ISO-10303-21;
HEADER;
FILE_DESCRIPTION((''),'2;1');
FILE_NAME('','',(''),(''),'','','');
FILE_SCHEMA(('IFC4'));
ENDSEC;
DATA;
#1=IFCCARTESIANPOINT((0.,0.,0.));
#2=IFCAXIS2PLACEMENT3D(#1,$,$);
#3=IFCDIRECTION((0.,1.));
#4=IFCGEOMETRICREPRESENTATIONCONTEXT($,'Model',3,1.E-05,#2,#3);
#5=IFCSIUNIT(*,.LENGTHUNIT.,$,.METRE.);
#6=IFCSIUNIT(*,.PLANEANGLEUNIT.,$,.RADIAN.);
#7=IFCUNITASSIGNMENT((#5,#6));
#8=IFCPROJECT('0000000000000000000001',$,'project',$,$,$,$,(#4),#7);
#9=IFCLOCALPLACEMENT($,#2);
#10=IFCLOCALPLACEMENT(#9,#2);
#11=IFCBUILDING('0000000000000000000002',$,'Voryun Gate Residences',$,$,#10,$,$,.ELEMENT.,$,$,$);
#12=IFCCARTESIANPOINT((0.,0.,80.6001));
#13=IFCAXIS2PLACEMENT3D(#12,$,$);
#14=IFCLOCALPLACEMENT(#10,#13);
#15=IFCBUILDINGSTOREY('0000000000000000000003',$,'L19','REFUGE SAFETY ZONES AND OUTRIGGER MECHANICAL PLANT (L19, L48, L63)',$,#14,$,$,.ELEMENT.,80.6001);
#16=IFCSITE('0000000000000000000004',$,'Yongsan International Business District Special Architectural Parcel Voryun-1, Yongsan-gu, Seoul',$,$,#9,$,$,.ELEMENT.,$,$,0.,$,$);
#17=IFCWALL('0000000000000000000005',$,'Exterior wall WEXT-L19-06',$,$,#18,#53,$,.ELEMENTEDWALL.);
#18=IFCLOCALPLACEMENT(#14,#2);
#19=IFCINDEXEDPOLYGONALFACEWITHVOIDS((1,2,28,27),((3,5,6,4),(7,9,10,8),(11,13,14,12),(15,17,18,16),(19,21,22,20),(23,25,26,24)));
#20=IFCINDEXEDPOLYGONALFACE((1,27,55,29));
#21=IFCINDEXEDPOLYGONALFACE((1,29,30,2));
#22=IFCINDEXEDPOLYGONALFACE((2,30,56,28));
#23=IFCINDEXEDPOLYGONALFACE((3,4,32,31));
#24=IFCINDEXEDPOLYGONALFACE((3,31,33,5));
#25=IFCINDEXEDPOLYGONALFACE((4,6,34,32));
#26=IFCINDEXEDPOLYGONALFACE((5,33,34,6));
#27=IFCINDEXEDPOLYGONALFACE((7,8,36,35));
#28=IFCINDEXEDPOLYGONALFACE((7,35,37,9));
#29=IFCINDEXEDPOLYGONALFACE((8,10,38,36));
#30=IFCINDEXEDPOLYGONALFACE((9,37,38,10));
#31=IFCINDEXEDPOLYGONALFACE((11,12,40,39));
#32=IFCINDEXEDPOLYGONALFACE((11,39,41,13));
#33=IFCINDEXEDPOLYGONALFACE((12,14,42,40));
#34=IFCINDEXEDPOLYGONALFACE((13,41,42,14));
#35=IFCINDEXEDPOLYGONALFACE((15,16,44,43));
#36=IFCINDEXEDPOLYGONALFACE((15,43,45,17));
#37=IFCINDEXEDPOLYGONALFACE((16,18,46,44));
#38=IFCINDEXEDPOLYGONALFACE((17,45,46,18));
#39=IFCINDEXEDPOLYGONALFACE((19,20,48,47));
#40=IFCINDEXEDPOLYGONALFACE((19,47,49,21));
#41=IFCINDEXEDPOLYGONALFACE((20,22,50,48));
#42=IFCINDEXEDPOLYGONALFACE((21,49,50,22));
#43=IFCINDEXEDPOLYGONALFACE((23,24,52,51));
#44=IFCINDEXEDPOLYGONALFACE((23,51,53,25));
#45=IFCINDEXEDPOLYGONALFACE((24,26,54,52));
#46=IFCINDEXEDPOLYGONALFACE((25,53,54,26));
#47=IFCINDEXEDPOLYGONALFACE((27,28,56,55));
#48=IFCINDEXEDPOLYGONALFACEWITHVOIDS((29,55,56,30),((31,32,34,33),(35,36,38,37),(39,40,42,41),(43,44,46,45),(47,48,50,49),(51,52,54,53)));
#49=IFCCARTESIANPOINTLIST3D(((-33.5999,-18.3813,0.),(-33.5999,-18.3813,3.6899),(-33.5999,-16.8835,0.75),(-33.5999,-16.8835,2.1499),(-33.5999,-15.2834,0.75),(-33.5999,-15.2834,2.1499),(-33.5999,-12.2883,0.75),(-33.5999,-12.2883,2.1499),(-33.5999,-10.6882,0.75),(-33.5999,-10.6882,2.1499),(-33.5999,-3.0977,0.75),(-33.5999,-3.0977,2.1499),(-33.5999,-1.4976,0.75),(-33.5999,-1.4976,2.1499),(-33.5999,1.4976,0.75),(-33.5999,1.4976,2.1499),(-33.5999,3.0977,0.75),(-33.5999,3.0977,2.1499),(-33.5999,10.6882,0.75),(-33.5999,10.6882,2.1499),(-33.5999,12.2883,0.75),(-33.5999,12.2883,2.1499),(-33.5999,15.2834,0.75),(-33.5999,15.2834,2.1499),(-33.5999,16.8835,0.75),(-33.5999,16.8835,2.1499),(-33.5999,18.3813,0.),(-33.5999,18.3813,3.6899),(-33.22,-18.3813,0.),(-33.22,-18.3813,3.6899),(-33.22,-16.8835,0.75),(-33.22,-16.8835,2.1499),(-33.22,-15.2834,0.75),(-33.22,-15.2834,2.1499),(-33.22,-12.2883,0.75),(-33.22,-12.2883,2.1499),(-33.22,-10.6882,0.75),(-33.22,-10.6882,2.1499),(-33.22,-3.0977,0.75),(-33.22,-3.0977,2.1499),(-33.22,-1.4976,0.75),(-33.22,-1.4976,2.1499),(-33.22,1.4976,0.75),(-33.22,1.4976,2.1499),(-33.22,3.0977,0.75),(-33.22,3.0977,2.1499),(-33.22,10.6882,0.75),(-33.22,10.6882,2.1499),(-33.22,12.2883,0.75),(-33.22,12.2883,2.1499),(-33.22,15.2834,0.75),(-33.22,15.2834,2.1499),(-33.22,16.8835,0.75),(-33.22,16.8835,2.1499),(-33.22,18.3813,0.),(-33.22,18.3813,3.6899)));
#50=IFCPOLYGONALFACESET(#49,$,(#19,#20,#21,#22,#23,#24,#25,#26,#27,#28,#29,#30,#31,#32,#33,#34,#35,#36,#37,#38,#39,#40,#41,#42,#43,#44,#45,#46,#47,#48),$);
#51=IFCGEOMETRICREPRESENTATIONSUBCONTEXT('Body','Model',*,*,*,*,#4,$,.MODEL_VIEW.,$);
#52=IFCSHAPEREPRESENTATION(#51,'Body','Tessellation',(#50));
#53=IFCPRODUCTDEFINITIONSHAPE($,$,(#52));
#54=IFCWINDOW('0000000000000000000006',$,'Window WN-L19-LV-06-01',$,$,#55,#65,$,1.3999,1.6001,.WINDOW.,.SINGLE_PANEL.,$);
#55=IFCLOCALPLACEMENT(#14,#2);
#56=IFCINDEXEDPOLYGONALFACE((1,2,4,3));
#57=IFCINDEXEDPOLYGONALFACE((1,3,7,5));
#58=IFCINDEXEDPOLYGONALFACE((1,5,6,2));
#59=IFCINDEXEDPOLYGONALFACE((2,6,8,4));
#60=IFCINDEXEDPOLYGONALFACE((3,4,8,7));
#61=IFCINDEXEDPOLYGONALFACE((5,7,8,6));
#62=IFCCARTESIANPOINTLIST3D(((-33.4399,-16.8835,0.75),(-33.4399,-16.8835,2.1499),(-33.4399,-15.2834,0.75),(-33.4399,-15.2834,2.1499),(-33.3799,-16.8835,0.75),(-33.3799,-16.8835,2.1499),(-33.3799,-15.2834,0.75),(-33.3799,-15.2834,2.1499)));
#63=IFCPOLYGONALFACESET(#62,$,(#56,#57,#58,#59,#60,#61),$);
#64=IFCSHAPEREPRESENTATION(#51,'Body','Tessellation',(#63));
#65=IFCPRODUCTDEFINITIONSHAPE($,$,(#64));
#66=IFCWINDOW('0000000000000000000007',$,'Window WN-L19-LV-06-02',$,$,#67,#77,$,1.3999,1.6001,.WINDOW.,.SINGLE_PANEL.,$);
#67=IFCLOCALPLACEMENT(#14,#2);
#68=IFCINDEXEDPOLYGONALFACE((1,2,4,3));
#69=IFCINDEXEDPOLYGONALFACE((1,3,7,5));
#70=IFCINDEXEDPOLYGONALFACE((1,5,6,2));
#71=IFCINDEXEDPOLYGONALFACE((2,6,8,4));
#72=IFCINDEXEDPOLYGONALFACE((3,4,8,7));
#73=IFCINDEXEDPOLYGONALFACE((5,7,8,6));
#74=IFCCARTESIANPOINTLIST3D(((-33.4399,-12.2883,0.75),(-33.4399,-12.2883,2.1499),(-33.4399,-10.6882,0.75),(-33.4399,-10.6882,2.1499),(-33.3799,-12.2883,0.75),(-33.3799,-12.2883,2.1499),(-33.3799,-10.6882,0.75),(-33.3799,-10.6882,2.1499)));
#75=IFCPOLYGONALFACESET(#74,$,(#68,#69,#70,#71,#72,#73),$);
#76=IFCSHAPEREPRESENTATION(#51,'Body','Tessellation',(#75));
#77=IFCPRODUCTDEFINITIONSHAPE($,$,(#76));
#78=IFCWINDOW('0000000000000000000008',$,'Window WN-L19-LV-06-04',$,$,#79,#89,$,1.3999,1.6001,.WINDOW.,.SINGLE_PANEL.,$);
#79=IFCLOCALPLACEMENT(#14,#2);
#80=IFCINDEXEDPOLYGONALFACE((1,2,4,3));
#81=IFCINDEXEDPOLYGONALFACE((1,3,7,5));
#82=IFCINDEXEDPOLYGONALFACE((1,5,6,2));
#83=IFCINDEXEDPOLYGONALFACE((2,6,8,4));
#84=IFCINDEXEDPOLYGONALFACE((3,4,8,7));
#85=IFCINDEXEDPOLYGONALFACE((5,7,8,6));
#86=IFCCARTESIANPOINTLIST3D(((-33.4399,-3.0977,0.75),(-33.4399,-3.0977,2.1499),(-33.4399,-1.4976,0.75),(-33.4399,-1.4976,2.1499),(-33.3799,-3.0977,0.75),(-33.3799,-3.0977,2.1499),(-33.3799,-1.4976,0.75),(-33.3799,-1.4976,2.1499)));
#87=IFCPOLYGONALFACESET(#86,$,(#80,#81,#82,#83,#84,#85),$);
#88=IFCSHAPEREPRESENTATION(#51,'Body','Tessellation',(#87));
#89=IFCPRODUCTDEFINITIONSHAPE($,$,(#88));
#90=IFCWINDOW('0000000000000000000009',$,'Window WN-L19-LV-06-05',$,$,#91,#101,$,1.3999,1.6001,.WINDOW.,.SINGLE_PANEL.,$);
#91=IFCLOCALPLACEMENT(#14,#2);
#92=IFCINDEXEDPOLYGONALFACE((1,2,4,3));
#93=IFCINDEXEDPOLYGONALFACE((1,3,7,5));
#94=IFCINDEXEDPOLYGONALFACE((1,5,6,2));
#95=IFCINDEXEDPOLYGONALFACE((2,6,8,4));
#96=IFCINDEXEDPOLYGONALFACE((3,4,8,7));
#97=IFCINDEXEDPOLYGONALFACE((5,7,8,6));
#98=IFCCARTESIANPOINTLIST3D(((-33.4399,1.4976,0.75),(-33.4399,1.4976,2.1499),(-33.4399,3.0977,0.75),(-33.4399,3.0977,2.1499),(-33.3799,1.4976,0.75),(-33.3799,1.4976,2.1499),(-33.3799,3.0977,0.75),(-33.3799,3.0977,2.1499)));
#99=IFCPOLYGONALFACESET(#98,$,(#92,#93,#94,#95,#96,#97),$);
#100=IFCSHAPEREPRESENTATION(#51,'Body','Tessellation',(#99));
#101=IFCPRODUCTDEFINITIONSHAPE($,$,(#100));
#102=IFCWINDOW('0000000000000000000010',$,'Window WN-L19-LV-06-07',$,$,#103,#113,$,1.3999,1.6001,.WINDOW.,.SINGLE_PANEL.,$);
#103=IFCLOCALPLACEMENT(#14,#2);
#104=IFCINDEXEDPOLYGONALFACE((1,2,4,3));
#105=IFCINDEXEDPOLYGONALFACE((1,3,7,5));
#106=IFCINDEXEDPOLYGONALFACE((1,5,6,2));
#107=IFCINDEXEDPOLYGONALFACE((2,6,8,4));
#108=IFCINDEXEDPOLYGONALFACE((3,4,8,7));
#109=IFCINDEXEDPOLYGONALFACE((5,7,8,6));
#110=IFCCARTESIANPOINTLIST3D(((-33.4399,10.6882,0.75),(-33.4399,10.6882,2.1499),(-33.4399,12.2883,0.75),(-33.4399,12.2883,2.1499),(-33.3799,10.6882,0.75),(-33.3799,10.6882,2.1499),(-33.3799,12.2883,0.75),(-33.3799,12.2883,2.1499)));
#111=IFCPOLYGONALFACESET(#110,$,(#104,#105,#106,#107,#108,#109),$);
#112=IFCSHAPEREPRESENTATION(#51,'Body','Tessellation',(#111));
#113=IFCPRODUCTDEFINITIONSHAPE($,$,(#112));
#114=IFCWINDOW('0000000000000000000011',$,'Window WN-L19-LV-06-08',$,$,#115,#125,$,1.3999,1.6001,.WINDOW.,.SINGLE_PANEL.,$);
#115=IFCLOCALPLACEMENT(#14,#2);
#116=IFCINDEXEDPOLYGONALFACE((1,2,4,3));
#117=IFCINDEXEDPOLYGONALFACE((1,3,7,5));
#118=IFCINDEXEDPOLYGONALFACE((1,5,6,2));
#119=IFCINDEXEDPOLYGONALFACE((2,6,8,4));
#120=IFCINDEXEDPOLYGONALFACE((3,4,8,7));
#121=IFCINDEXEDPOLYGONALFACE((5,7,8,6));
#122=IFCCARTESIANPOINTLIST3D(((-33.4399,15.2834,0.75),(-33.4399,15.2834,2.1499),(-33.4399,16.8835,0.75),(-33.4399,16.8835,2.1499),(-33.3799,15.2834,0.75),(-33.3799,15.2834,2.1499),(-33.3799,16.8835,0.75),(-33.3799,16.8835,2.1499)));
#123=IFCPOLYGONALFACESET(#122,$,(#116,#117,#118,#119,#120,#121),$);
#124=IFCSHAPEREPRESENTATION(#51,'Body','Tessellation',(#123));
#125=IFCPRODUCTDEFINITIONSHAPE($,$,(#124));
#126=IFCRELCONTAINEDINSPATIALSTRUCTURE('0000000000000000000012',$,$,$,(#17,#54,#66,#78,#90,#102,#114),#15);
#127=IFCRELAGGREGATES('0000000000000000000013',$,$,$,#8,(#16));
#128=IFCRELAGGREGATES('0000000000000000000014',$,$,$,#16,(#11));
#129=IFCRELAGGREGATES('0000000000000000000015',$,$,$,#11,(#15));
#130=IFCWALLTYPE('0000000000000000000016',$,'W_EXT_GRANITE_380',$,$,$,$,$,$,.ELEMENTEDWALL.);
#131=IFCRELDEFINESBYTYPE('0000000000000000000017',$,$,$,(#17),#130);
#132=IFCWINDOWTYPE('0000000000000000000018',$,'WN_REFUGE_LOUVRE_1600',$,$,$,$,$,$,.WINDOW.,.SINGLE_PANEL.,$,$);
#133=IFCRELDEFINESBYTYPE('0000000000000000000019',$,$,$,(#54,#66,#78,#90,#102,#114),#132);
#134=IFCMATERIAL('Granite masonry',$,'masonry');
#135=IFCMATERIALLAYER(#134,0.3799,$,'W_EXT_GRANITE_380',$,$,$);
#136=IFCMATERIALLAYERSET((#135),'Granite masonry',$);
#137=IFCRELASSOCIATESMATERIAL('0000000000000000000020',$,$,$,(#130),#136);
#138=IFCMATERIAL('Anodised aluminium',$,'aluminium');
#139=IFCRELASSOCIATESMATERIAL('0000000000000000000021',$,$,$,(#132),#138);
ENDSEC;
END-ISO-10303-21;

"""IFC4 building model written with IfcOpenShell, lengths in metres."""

from ifc_helpers import new_model, si_unit, direction, frame, frame_2d, origin, place, context, subcontext, project, spatial, rectangle, extrude, material, layer, layer_set, type_object, element, fill, save


model = new_model("IFC4")

# Units and contexts
model_context = context("Model", 3, precision=1e-05, world=origin(), true_north=direction((0.0, 1.0)))
body_context = subcontext(model_context, "Body", "Model", "MODEL_VIEW")
ifc_project = project(units=[si_unit("LENGTHUNIT", "METRE"), si_unit("PLANEANGLEUNIT", "RADIAN")], contexts=[model_context])

# Site, building, storey
site_placement = place(None, origin())
site = spatial("IfcSite", under=ifc_project, at=site_placement, Name="Yongsan International Business District Special Architectural Parcel Voryun-1, Yongsan-gu, Seoul", CompositionType="ELEMENT", RefElevation=0.0)
building_placement = place(site_placement, origin())
building = spatial("IfcBuilding", under=site, at=building_placement, Name="Voryun Gate Residences", CompositionType="ELEMENT")
storey_placement = place(building_placement, frame((0.0, 0.0, 80.6001)))
storey = spatial("IfcBuildingStorey", under=building, at=storey_placement, Name="L19", Description="REFUGE SAFETY ZONES AND OUTRIGGER MECHANICAL PLANT (L19, L48, L63)", CompositionType="ELEMENT", Elevation=80.6001)

# Shared definitions
ifc_material_1 = material(Name="Granite masonry", Category="masonry")
ifc_layer_1 = layer(ifc_material_1, 0.3799, Name="W_EXT_GRANITE_380")
ifc_layer_set_1 = layer_set([ifc_layer_1], Name="Granite masonry")
wall_type_1 = type_object("IfcWallType", Name="W_EXT_GRANITE_380", PredefinedType="ELEMENTEDWALL", material=ifc_layer_set_1)

# Wall, openings, windows
wall_1_placement = place(storey_placement, frame((-33.4099, -18.3813, 0.0), z_axis=(0.0, 0.0, 1.0), x_axis=(0.0, 1.0, 0.0)))
wall_1 = element("IfcWall", 1, at=wall_1_placement, inside=storey, type_object=wall_type_1, Name="Exterior wall WEXT-L19-06", PredefinedType="ELEMENTEDWALL", context=body_context, shape_type="SweptSolid", body=[
    extrude(rectangle(XDim=36.7627, YDim=0.3799, at=frame_2d((18.3813, 0.0))), origin(), (0.0, 0.0, 1.0), 3.6899),
])
opening_1_placement = place(wall_1_placement, frame((1.4978, 0.0, 0.75)))
opening_1 = element("IfcOpeningElement", 2, at=opening_1_placement, cuts=wall_1, PredefinedType="OPENING", context=body_context, shape_type="SweptSolid", body=[
    extrude(rectangle(XDim=1.6001, YDim=1.3999, at=frame_2d((0.8, 0.7))), frame((0.0, 0.2, 0.0), z_axis=(0.0, -1.0, 0.0), x_axis=(1.0, 0.0, 0.0)), (0.0, 0.0, 1.0), 0.3999),
])
opening_2_placement = place(wall_1_placement, frame((6.093, 0.0, 0.75)))
opening_2 = element("IfcOpeningElement", 3, at=opening_2_placement, cuts=wall_1, PredefinedType="OPENING", context=body_context, shape_type="SweptSolid", body=[
    extrude(rectangle(XDim=1.6001, YDim=1.3999, at=frame_2d((0.8, 0.7))), frame((0.0, 0.2, 0.0), z_axis=(0.0, -1.0, 0.0), x_axis=(1.0, 0.0, 0.0)), (0.0, 0.0, 1.0), 0.3999),
])
opening_3_placement = place(wall_1_placement, frame((15.2837, 0.0, 0.75)))
opening_3 = element("IfcOpeningElement", 4, at=opening_3_placement, cuts=wall_1, PredefinedType="OPENING", context=body_context, shape_type="SweptSolid", body=[
    extrude(rectangle(XDim=1.6001, YDim=1.3999, at=frame_2d((0.8, 0.7))), frame((0.0, 0.2, 0.0), z_axis=(0.0, -1.0, 0.0), x_axis=(1.0, 0.0, 0.0)), (0.0, 0.0, 1.0), 0.3999),
])
opening_4_placement = place(wall_1_placement, frame((19.8789, 0.0, 0.75)))
opening_4 = element("IfcOpeningElement", 5, at=opening_4_placement, cuts=wall_1, PredefinedType="OPENING", context=body_context, shape_type="SweptSolid", body=[
    extrude(rectangle(XDim=1.6001, YDim=1.3999, at=frame_2d((0.8, 0.7))), frame((0.0, 0.2, 0.0), z_axis=(0.0, -1.0, 0.0), x_axis=(1.0, 0.0, 0.0)), (0.0, 0.0, 1.0), 0.3999),
])
opening_5_placement = place(wall_1_placement, frame((29.0696, 0.0, 0.75)))
opening_5 = element("IfcOpeningElement", 6, at=opening_5_placement, cuts=wall_1, PredefinedType="OPENING", context=body_context, shape_type="SweptSolid", body=[
    extrude(rectangle(XDim=1.6001, YDim=1.3999, at=frame_2d((0.8, 0.7))), frame((0.0, 0.2, 0.0), z_axis=(0.0, -1.0, 0.0), x_axis=(1.0, 0.0, 0.0)), (0.0, 0.0, 1.0), 0.3999),
])
opening_6_placement = place(wall_1_placement, frame((33.6648, 0.0, 0.75)))
opening_6 = element("IfcOpeningElement", 7, at=opening_6_placement, cuts=wall_1, PredefinedType="OPENING", context=body_context, shape_type="SweptSolid", body=[
    extrude(rectangle(XDim=1.6001, YDim=1.3999, at=frame_2d((0.8, 0.7))), frame((0.0, 0.2, 0.0), z_axis=(0.0, -1.0, 0.0), x_axis=(1.0, 0.0, 0.0)), (0.0, 0.0, 1.0), 0.3999),
])
ifc_material_2 = material(Name="Anodised aluminium", Category="aluminium")
window_type = type_object("IfcWindowType", Name="WN_REFUGE_LOUVRE_1600", PartitioningType="SINGLE_PANEL", PredefinedType="WINDOW", material=ifc_material_2)
window_1_placement = place(opening_1_placement, origin())
window_1 = element("IfcWindow", 8, at=window_1_placement, inside=storey, type_object=window_type, Name="Window WN-L19-LV-06-01", OverallHeight=1.3999, OverallWidth=1.6001, PartitioningType="SINGLE_PANEL", PredefinedType="WINDOW", context=body_context, shape_type="SweptSolid", body=[
    extrude(rectangle(XDim=1.6001, YDim=1.3999, at=frame_2d((0.8, 0.7))), frame((0.0, 0.03, 0.0), z_axis=(0.0, -1.0, 0.0), x_axis=(1.0, 0.0, 0.0)), (0.0, 0.0, 1.0), 0.0601),
])
fill(opening_1, window_1)
window_2_placement = place(opening_2_placement, origin())
window_2 = element("IfcWindow", 9, at=window_2_placement, inside=storey, type_object=window_type, Name="Window WN-L19-LV-06-02", OverallHeight=1.3999, OverallWidth=1.6001, PartitioningType="SINGLE_PANEL", PredefinedType="WINDOW", context=body_context, shape_type="SweptSolid", body=[
    extrude(rectangle(XDim=1.6001, YDim=1.3999, at=frame_2d((0.8, 0.7))), frame((0.0, 0.03, 0.0), z_axis=(0.0, -1.0, 0.0), x_axis=(1.0, 0.0, 0.0)), (0.0, 0.0, 1.0), 0.0601),
])
fill(opening_2, window_2)
window_3_placement = place(opening_3_placement, origin())
window_3 = element("IfcWindow", 10, at=window_3_placement, inside=storey, type_object=window_type, Name="Window WN-L19-LV-06-04", OverallHeight=1.3999, OverallWidth=1.6001, PartitioningType="SINGLE_PANEL", PredefinedType="WINDOW", context=body_context, shape_type="SweptSolid", body=[
    extrude(rectangle(XDim=1.6001, YDim=1.3999, at=frame_2d((0.8, 0.7))), frame((0.0, 0.03, 0.0), z_axis=(0.0, -1.0, 0.0), x_axis=(1.0, 0.0, 0.0)), (0.0, 0.0, 1.0), 0.0601),
])
fill(opening_3, window_3)
window_4_placement = place(opening_4_placement, origin())
window_4 = element("IfcWindow", 11, at=window_4_placement, inside=storey, type_object=window_type, Name="Window WN-L19-LV-06-05", OverallHeight=1.3999, OverallWidth=1.6001, PartitioningType="SINGLE_PANEL", PredefinedType="WINDOW", context=body_context, shape_type="SweptSolid", body=[
    extrude(rectangle(XDim=1.6001, YDim=1.3999, at=frame_2d((0.8, 0.7))), frame((0.0, 0.03, 0.0), z_axis=(0.0, -1.0, 0.0), x_axis=(1.0, 0.0, 0.0)), (0.0, 0.0, 1.0), 0.0601),
])
fill(opening_4, window_4)
window_5_placement = place(opening_5_placement, origin())
window_5 = element("IfcWindow", 12, at=window_5_placement, inside=storey, type_object=window_type, Name="Window WN-L19-LV-06-07", OverallHeight=1.3999, OverallWidth=1.6001, PartitioningType="SINGLE_PANEL", PredefinedType="WINDOW", context=body_context, shape_type="SweptSolid", body=[
    extrude(rectangle(XDim=1.6001, YDim=1.3999, at=frame_2d((0.8, 0.7))), frame((0.0, 0.03, 0.0), z_axis=(0.0, -1.0, 0.0), x_axis=(1.0, 0.0, 0.0)), (0.0, 0.0, 1.0), 0.0601),
])
fill(opening_5, window_5)
window_6_placement = place(opening_6_placement, origin())
window_6 = element("IfcWindow", 13, at=window_6_placement, inside=storey, type_object=window_type, Name="Window WN-L19-LV-06-08", OverallHeight=1.3999, OverallWidth=1.6001, PartitioningType="SINGLE_PANEL", PredefinedType="WINDOW", context=body_context, shape_type="SweptSolid", body=[
    extrude(rectangle(XDim=1.6001, YDim=1.3999, at=frame_2d((0.8, 0.7))), frame((0.0, 0.03, 0.0), z_axis=(0.0, -1.0, 0.0), x_axis=(1.0, 0.0, 0.0)), (0.0, 0.0, 1.0), 0.0601),
])
fill(opening_6, window_6)

save(model, "model.ifc")
